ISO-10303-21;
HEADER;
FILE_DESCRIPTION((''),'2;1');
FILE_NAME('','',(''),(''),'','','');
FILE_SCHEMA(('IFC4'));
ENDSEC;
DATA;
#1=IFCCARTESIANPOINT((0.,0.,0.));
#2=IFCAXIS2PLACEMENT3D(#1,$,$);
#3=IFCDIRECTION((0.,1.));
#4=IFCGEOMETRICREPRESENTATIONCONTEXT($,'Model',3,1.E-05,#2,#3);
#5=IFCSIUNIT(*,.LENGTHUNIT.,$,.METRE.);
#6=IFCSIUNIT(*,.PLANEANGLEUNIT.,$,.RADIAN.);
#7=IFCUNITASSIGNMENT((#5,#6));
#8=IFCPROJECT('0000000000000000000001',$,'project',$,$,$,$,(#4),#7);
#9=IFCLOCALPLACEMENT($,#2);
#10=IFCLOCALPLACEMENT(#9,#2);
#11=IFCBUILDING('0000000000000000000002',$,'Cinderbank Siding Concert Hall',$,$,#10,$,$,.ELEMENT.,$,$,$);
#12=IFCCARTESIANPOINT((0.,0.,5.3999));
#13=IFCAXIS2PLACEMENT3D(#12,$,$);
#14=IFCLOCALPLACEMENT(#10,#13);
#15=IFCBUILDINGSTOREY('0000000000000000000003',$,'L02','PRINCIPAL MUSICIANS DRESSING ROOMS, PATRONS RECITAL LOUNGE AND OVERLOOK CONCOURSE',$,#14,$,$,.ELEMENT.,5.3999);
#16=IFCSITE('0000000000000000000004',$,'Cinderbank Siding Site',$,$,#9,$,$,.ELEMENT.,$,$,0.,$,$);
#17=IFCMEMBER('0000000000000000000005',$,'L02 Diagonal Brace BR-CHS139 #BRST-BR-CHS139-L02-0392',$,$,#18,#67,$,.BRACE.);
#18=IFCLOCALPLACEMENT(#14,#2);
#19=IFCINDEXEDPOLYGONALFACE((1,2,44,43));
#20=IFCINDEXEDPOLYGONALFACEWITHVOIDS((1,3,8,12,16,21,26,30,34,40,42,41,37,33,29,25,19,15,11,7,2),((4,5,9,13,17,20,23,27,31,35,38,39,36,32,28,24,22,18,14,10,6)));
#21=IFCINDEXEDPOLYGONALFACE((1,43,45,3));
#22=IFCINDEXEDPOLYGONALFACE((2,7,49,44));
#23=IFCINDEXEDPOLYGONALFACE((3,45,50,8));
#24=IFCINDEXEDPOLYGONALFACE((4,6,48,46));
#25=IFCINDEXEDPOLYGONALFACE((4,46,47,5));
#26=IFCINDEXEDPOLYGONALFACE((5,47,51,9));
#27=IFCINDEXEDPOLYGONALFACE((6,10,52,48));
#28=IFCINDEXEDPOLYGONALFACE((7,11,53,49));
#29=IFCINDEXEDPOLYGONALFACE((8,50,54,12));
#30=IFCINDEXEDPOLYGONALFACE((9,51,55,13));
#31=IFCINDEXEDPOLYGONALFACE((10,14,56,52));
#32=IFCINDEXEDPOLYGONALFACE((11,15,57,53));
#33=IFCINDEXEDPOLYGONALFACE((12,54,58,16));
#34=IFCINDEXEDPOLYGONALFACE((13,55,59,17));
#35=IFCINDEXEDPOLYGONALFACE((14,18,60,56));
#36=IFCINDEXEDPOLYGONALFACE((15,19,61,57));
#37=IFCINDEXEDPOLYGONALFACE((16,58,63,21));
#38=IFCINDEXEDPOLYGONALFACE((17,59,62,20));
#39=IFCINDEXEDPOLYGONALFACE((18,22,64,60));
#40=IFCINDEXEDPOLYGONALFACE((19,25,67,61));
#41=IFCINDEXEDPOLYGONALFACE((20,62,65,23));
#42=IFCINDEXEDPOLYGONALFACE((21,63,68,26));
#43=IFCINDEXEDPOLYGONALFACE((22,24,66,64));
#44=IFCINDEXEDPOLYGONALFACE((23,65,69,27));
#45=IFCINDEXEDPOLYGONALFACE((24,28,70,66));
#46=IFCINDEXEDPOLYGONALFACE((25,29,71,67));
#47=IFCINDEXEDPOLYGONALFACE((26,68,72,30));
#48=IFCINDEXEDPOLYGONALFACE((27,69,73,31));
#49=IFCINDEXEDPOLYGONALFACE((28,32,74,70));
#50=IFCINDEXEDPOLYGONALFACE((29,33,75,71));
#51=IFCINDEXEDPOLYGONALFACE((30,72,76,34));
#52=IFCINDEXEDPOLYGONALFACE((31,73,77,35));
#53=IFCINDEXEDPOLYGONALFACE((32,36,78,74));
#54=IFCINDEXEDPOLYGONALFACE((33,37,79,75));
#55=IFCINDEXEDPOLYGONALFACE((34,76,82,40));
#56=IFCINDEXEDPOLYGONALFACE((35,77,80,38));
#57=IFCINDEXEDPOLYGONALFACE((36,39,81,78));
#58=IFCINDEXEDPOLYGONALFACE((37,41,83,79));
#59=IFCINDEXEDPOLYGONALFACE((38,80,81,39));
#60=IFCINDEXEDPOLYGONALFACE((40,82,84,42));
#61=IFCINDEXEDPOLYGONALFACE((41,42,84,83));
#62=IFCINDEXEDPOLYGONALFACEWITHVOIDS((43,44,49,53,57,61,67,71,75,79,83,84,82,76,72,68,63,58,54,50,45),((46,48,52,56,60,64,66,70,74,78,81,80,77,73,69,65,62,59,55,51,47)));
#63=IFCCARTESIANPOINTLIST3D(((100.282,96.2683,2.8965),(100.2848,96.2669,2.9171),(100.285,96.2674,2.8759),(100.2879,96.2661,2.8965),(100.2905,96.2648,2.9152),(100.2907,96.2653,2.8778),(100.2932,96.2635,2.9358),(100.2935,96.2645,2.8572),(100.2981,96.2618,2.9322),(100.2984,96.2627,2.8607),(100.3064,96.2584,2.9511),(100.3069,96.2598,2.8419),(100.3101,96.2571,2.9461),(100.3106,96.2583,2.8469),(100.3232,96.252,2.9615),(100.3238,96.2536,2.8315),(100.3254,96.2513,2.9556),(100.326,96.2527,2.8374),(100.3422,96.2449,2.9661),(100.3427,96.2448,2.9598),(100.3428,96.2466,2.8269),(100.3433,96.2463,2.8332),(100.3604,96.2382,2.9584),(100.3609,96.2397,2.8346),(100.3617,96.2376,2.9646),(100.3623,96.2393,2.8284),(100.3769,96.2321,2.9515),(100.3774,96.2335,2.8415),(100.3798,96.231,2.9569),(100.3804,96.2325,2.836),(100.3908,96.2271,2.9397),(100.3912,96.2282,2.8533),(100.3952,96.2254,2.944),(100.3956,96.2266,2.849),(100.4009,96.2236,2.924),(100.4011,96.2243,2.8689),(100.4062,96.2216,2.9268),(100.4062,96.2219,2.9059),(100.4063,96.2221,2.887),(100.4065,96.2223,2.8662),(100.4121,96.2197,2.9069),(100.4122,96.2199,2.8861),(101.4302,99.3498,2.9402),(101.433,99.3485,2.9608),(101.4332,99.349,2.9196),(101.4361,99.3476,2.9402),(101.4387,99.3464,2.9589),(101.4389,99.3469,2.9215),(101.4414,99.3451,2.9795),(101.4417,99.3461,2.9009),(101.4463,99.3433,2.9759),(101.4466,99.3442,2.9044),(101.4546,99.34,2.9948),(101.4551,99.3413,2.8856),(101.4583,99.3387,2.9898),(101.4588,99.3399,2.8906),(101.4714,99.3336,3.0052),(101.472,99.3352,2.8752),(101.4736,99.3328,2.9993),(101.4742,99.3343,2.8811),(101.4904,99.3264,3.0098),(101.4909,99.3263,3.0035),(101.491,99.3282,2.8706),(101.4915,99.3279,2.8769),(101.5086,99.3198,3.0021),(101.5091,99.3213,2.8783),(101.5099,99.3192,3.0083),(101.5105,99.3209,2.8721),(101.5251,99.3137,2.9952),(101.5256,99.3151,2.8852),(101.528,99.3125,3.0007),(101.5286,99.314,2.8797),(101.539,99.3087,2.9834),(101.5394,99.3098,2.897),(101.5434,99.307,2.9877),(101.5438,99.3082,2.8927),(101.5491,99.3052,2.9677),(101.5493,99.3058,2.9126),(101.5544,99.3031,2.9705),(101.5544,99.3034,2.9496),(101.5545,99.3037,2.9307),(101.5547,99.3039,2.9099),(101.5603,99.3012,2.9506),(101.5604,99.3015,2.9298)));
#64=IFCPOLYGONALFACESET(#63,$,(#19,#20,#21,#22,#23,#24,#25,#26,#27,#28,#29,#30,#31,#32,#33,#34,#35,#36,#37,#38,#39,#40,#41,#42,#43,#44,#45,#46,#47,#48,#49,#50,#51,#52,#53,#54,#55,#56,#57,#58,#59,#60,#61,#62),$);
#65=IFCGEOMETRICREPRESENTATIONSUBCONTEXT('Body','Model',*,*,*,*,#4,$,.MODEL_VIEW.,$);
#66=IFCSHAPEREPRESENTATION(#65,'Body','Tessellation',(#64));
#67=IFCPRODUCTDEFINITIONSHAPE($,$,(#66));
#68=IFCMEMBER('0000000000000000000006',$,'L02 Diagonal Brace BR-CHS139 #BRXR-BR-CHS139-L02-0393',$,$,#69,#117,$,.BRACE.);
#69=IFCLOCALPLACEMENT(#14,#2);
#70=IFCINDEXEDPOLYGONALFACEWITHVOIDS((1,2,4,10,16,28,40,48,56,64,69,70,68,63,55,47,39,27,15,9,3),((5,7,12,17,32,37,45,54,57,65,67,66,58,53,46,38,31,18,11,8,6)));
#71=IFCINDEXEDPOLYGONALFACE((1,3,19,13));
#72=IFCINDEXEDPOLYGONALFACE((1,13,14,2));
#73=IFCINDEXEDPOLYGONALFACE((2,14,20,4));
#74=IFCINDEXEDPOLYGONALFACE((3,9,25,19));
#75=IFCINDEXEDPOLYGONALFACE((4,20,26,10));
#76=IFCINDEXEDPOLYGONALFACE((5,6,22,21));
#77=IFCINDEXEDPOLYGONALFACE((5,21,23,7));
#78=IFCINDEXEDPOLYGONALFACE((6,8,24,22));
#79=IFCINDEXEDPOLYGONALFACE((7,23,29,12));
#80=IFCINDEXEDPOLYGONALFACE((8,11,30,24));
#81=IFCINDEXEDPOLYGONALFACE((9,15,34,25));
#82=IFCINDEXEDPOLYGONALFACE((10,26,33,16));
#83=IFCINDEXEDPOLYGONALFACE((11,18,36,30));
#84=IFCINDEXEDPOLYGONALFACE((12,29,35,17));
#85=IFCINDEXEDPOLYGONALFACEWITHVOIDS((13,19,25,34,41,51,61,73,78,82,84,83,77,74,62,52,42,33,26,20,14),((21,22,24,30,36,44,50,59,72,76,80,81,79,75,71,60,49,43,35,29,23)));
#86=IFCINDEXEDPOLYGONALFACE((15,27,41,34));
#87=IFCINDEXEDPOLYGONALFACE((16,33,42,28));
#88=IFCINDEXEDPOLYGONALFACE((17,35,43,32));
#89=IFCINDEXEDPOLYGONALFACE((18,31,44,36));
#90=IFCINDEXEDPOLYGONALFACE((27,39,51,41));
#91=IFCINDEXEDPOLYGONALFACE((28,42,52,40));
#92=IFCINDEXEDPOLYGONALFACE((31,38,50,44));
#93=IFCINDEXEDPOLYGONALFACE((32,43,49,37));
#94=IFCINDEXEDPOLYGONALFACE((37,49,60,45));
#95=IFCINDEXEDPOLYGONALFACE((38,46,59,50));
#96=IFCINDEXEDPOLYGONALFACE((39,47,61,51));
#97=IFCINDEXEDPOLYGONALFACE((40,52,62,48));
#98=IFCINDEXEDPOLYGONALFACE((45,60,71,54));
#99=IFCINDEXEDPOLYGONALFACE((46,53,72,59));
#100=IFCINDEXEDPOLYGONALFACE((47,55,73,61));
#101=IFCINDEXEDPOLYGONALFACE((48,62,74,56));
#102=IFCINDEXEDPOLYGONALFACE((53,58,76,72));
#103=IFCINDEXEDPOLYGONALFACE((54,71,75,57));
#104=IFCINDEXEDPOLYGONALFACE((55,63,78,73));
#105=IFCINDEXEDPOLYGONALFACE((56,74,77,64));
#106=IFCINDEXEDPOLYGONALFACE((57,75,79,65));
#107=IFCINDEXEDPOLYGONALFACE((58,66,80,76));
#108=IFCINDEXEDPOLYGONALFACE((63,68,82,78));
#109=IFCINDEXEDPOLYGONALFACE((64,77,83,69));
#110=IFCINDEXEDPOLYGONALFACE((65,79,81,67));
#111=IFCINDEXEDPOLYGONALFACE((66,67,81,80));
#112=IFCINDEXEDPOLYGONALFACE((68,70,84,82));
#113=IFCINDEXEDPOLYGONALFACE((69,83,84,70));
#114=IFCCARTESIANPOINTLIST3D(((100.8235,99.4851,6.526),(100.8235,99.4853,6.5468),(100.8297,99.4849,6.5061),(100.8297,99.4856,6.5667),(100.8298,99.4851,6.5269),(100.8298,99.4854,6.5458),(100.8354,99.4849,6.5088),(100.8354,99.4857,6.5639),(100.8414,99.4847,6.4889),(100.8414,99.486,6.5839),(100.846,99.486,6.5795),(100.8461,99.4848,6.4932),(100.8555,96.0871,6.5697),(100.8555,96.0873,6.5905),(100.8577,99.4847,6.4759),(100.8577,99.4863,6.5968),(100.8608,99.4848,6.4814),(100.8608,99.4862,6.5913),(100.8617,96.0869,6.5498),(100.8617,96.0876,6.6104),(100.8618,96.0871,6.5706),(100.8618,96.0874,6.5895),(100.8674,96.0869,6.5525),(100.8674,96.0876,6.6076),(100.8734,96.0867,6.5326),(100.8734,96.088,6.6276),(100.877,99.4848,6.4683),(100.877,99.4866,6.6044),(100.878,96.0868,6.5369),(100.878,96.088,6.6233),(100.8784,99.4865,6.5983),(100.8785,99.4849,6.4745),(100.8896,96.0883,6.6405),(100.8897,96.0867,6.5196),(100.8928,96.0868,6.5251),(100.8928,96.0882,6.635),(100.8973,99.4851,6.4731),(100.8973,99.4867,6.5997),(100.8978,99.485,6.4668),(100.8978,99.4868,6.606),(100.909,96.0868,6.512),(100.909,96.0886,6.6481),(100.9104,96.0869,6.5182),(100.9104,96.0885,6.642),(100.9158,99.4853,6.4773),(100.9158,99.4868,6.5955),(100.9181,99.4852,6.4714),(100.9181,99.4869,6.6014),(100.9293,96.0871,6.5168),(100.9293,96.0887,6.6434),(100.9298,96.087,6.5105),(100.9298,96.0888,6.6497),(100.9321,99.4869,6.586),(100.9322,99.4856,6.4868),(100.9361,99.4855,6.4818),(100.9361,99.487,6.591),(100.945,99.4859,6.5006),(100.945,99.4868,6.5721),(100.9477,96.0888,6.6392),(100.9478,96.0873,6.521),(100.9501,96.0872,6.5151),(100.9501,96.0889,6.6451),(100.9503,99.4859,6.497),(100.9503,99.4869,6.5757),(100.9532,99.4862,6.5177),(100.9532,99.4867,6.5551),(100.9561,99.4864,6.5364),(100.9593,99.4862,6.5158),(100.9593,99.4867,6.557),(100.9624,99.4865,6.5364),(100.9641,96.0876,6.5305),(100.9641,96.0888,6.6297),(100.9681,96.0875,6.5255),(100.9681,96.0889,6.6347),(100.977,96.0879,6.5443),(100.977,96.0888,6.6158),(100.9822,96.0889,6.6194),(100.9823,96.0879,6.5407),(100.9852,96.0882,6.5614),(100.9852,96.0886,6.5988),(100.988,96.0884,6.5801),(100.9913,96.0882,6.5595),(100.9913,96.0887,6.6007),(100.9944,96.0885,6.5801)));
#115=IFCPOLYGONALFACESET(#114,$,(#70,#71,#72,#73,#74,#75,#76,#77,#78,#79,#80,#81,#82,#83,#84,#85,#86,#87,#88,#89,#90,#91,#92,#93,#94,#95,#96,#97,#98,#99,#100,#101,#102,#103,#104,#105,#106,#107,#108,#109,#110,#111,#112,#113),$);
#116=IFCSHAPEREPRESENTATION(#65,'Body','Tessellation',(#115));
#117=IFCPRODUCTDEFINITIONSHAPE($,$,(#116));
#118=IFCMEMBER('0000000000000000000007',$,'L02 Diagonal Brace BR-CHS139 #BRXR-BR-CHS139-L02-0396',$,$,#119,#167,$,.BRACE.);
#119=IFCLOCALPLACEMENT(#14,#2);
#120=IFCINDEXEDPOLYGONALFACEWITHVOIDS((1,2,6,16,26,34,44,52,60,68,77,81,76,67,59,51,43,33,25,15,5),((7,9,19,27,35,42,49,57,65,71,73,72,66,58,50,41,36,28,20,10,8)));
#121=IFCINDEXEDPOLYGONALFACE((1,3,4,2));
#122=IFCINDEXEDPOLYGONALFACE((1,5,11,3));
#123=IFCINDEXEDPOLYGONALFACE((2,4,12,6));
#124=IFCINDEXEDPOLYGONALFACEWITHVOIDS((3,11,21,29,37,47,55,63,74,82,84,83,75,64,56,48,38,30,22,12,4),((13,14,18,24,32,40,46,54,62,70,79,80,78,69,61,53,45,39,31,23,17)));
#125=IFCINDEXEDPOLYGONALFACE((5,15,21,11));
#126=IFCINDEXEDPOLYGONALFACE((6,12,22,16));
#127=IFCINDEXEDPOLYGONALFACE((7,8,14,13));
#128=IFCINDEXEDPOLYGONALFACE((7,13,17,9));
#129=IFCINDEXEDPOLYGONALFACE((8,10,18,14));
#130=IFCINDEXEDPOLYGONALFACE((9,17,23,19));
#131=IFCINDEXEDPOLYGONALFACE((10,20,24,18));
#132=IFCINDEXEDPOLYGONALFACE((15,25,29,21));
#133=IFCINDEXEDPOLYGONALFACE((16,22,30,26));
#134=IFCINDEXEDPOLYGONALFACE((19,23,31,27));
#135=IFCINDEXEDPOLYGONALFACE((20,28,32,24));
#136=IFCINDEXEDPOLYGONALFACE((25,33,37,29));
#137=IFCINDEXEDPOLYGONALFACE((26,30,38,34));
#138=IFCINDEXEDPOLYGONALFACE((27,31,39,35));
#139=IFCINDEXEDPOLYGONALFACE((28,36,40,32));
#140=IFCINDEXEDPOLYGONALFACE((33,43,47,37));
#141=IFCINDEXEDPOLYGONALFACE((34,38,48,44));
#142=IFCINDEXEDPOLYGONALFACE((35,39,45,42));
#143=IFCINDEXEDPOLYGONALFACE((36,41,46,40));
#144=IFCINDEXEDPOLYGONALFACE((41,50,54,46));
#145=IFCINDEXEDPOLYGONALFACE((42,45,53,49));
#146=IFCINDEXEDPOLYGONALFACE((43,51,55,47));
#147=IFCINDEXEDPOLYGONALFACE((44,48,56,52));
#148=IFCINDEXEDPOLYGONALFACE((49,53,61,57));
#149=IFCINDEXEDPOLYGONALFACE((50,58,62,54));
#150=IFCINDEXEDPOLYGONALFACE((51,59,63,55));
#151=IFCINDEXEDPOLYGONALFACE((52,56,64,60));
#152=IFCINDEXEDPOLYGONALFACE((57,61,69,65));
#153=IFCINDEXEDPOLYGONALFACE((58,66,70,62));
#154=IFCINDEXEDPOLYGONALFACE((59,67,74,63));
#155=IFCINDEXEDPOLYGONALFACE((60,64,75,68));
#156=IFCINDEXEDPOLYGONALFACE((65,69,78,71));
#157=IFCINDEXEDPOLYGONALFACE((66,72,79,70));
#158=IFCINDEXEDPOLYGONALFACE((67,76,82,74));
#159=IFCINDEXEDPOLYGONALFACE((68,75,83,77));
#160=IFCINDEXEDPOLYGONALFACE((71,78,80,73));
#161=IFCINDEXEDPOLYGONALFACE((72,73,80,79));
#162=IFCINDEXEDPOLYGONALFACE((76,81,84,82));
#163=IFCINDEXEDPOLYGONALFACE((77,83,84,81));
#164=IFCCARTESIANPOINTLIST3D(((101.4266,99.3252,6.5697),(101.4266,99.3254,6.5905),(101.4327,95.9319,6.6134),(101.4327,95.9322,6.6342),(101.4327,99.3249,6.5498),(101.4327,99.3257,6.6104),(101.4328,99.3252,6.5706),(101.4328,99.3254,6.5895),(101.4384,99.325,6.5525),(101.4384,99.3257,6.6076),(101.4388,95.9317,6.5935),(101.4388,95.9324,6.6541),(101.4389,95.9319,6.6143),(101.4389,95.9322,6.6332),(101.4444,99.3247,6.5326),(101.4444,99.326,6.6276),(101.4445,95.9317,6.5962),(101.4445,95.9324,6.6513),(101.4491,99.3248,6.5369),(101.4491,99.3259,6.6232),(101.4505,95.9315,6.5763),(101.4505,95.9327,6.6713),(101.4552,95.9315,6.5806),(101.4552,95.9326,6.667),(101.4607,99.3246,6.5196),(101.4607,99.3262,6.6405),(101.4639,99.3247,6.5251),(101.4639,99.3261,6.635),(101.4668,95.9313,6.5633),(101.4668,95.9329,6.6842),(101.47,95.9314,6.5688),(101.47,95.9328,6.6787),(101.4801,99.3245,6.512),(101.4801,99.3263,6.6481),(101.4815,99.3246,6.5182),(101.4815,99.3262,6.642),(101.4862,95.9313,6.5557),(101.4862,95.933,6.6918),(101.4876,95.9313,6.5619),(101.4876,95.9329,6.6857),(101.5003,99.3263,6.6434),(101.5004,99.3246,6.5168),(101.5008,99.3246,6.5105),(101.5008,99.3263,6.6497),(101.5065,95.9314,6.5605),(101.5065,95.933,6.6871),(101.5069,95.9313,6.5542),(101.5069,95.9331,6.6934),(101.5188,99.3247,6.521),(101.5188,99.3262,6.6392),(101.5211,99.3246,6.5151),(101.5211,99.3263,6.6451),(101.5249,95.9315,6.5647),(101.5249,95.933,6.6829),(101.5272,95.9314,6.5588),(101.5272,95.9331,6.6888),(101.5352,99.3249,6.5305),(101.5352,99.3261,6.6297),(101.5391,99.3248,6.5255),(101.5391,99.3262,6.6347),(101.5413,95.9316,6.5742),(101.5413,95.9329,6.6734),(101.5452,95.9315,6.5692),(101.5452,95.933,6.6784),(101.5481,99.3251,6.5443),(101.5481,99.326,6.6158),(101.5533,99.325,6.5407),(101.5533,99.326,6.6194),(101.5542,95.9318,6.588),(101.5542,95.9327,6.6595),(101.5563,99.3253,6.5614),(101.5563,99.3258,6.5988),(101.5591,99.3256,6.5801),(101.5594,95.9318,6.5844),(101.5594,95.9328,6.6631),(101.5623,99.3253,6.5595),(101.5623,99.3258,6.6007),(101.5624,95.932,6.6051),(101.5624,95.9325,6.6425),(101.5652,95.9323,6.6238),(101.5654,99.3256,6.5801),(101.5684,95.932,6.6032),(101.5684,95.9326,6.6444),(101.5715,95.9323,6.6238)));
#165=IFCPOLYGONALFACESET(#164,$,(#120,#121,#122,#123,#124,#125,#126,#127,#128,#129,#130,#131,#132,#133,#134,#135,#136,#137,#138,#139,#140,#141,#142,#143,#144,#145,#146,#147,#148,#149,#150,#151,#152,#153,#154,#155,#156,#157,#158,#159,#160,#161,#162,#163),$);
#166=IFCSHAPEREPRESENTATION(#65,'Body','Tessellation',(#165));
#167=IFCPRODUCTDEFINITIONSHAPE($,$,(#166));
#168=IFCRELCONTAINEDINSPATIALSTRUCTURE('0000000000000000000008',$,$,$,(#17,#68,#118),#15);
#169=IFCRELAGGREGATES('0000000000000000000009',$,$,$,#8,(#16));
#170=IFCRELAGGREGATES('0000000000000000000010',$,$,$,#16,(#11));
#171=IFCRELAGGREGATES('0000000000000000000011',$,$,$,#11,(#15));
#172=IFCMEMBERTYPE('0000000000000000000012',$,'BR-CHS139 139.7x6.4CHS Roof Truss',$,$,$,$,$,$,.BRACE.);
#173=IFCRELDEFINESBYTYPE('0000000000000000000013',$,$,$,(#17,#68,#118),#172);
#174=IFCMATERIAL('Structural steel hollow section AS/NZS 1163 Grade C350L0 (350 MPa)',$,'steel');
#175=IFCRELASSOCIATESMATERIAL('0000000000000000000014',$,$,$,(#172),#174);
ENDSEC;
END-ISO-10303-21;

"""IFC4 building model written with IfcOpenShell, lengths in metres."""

from ifc_helpers import new_model, si_unit, direction, frame, origin, origin_2d, place, context, subcontext, project, spatial, hollow_circle, extrude, material, material_profile, profile_set, type_object, element, save


model = new_model("IFC4")

# Units and contexts
model_context = context("Model", 3, precision=1e-05, world=origin(), true_north=direction((0.0, 1.0)))
body_context = subcontext(model_context, "Body", "Model", "MODEL_VIEW")
ifc_project = project(units=[si_unit("LENGTHUNIT", "METRE"), si_unit("PLANEANGLEUNIT", "RADIAN")], contexts=[model_context])

# Site, building, storey
site_placement = place(None, origin())
site = spatial("IfcSite", under=ifc_project, at=site_placement, Name="Cinderbank Siding Site", CompositionType="ELEMENT", RefElevation=0.0)
building_placement = place(site_placement, origin())
building = spatial("IfcBuilding", under=site, at=building_placement, Name="Cinderbank Siding Concert Hall", CompositionType="ELEMENT")
storey_placement = place(building_placement, frame((0.0, 0.0, 5.3999)))
storey = spatial("IfcBuildingStorey", under=building, at=storey_placement, Name="L02", Description="PRINCIPAL MUSICIANS DRESSING ROOMS, PATRONS RECITAL LOUNGE AND OVERLOOK CONCOURSE", CompositionType="ELEMENT", Elevation=5.3999)

# Members
ifc_material_1 = material(Name="Structural steel hollow section AS/NZS 1163 Grade C350L0 (350 MPa)", Category="steel")
ifc_material_profile_1 = material_profile(ifc_material_1, hollow_circle(Radius=0.0698, WallThickness=0.0063, at=origin_2d()), Name="139.7x6.4CHS", Category="LoadBearing")
ifc_profile_set_1 = profile_set([ifc_material_profile_1], Name="Structural steel hollow section AS/NZS 1163 Grade C350L0 (350 MPa)")
member_type_1 = type_object("IfcMemberType", Name="BR-CHS139 139.7x6.4CHS Roof Truss", PredefinedType="BRACE", material=ifc_profile_set_1)
member_1_placement = place(storey_placement, frame((100.3474, 96.2439, 2.8965), z_axis=(0.349123, 0.936983, 0.013288), x_axis=(-0.937065, 0.349154, 0.0)))
element("IfcMember", 1, at=member_1_placement, inside=storey, type_object=member_type_1, Name="L02 Diagonal Brace BR-CHS139 #BRST-BR-CHS139-L02-0392", PredefinedType="BRACE", context=body_context, shape_type="SweptSolid", body=[
    extrude(hollow_circle(Radius=0.0698, WallThickness=0.0063, at=origin_2d()), origin(), (0.0, 0.0, 1.0), 3.2888),
])
member_2_placement = place(storey_placement, frame((100.8926, 99.4858, 6.5364), z_axis=(0.009411, -0.999873, 0.012859), x_axis=(0.999956, 0.009412, 0.0)))
element("IfcMember", 2, at=member_2_placement, inside=storey, type_object=member_type_1, Name="L02 Diagonal Brace BR-CHS139 #BRXR-BR-CHS139-L02-0393", PredefinedType="BRACE", context=body_context, shape_type="SweptSolid", body=[
    extrude(hollow_circle(Radius=0.0698, WallThickness=0.0063, at=origin_2d()), origin(), (0.0, 0.0, 1.0), 3.3984),
])
member_3_placement = place(storey_placement, frame((101.4956, 99.3254, 6.5801), z_axis=(0.001799, -0.999915, 0.012878), x_axis=(0.999998, 0.001799, 0.0)))
element("IfcMember", 3, at=member_3_placement, inside=storey, type_object=member_type_1, Name="L02 Diagonal Brace BR-CHS139 #BRXR-BR-CHS139-L02-0396", PredefinedType="BRACE", context=body_context, shape_type="SweptSolid", body=[
    extrude(hollow_circle(Radius=0.0698, WallThickness=0.0063, at=origin_2d()), origin(), (0.0, 0.0, 1.0), 3.3936),
])

save(model, "model.ifc")
